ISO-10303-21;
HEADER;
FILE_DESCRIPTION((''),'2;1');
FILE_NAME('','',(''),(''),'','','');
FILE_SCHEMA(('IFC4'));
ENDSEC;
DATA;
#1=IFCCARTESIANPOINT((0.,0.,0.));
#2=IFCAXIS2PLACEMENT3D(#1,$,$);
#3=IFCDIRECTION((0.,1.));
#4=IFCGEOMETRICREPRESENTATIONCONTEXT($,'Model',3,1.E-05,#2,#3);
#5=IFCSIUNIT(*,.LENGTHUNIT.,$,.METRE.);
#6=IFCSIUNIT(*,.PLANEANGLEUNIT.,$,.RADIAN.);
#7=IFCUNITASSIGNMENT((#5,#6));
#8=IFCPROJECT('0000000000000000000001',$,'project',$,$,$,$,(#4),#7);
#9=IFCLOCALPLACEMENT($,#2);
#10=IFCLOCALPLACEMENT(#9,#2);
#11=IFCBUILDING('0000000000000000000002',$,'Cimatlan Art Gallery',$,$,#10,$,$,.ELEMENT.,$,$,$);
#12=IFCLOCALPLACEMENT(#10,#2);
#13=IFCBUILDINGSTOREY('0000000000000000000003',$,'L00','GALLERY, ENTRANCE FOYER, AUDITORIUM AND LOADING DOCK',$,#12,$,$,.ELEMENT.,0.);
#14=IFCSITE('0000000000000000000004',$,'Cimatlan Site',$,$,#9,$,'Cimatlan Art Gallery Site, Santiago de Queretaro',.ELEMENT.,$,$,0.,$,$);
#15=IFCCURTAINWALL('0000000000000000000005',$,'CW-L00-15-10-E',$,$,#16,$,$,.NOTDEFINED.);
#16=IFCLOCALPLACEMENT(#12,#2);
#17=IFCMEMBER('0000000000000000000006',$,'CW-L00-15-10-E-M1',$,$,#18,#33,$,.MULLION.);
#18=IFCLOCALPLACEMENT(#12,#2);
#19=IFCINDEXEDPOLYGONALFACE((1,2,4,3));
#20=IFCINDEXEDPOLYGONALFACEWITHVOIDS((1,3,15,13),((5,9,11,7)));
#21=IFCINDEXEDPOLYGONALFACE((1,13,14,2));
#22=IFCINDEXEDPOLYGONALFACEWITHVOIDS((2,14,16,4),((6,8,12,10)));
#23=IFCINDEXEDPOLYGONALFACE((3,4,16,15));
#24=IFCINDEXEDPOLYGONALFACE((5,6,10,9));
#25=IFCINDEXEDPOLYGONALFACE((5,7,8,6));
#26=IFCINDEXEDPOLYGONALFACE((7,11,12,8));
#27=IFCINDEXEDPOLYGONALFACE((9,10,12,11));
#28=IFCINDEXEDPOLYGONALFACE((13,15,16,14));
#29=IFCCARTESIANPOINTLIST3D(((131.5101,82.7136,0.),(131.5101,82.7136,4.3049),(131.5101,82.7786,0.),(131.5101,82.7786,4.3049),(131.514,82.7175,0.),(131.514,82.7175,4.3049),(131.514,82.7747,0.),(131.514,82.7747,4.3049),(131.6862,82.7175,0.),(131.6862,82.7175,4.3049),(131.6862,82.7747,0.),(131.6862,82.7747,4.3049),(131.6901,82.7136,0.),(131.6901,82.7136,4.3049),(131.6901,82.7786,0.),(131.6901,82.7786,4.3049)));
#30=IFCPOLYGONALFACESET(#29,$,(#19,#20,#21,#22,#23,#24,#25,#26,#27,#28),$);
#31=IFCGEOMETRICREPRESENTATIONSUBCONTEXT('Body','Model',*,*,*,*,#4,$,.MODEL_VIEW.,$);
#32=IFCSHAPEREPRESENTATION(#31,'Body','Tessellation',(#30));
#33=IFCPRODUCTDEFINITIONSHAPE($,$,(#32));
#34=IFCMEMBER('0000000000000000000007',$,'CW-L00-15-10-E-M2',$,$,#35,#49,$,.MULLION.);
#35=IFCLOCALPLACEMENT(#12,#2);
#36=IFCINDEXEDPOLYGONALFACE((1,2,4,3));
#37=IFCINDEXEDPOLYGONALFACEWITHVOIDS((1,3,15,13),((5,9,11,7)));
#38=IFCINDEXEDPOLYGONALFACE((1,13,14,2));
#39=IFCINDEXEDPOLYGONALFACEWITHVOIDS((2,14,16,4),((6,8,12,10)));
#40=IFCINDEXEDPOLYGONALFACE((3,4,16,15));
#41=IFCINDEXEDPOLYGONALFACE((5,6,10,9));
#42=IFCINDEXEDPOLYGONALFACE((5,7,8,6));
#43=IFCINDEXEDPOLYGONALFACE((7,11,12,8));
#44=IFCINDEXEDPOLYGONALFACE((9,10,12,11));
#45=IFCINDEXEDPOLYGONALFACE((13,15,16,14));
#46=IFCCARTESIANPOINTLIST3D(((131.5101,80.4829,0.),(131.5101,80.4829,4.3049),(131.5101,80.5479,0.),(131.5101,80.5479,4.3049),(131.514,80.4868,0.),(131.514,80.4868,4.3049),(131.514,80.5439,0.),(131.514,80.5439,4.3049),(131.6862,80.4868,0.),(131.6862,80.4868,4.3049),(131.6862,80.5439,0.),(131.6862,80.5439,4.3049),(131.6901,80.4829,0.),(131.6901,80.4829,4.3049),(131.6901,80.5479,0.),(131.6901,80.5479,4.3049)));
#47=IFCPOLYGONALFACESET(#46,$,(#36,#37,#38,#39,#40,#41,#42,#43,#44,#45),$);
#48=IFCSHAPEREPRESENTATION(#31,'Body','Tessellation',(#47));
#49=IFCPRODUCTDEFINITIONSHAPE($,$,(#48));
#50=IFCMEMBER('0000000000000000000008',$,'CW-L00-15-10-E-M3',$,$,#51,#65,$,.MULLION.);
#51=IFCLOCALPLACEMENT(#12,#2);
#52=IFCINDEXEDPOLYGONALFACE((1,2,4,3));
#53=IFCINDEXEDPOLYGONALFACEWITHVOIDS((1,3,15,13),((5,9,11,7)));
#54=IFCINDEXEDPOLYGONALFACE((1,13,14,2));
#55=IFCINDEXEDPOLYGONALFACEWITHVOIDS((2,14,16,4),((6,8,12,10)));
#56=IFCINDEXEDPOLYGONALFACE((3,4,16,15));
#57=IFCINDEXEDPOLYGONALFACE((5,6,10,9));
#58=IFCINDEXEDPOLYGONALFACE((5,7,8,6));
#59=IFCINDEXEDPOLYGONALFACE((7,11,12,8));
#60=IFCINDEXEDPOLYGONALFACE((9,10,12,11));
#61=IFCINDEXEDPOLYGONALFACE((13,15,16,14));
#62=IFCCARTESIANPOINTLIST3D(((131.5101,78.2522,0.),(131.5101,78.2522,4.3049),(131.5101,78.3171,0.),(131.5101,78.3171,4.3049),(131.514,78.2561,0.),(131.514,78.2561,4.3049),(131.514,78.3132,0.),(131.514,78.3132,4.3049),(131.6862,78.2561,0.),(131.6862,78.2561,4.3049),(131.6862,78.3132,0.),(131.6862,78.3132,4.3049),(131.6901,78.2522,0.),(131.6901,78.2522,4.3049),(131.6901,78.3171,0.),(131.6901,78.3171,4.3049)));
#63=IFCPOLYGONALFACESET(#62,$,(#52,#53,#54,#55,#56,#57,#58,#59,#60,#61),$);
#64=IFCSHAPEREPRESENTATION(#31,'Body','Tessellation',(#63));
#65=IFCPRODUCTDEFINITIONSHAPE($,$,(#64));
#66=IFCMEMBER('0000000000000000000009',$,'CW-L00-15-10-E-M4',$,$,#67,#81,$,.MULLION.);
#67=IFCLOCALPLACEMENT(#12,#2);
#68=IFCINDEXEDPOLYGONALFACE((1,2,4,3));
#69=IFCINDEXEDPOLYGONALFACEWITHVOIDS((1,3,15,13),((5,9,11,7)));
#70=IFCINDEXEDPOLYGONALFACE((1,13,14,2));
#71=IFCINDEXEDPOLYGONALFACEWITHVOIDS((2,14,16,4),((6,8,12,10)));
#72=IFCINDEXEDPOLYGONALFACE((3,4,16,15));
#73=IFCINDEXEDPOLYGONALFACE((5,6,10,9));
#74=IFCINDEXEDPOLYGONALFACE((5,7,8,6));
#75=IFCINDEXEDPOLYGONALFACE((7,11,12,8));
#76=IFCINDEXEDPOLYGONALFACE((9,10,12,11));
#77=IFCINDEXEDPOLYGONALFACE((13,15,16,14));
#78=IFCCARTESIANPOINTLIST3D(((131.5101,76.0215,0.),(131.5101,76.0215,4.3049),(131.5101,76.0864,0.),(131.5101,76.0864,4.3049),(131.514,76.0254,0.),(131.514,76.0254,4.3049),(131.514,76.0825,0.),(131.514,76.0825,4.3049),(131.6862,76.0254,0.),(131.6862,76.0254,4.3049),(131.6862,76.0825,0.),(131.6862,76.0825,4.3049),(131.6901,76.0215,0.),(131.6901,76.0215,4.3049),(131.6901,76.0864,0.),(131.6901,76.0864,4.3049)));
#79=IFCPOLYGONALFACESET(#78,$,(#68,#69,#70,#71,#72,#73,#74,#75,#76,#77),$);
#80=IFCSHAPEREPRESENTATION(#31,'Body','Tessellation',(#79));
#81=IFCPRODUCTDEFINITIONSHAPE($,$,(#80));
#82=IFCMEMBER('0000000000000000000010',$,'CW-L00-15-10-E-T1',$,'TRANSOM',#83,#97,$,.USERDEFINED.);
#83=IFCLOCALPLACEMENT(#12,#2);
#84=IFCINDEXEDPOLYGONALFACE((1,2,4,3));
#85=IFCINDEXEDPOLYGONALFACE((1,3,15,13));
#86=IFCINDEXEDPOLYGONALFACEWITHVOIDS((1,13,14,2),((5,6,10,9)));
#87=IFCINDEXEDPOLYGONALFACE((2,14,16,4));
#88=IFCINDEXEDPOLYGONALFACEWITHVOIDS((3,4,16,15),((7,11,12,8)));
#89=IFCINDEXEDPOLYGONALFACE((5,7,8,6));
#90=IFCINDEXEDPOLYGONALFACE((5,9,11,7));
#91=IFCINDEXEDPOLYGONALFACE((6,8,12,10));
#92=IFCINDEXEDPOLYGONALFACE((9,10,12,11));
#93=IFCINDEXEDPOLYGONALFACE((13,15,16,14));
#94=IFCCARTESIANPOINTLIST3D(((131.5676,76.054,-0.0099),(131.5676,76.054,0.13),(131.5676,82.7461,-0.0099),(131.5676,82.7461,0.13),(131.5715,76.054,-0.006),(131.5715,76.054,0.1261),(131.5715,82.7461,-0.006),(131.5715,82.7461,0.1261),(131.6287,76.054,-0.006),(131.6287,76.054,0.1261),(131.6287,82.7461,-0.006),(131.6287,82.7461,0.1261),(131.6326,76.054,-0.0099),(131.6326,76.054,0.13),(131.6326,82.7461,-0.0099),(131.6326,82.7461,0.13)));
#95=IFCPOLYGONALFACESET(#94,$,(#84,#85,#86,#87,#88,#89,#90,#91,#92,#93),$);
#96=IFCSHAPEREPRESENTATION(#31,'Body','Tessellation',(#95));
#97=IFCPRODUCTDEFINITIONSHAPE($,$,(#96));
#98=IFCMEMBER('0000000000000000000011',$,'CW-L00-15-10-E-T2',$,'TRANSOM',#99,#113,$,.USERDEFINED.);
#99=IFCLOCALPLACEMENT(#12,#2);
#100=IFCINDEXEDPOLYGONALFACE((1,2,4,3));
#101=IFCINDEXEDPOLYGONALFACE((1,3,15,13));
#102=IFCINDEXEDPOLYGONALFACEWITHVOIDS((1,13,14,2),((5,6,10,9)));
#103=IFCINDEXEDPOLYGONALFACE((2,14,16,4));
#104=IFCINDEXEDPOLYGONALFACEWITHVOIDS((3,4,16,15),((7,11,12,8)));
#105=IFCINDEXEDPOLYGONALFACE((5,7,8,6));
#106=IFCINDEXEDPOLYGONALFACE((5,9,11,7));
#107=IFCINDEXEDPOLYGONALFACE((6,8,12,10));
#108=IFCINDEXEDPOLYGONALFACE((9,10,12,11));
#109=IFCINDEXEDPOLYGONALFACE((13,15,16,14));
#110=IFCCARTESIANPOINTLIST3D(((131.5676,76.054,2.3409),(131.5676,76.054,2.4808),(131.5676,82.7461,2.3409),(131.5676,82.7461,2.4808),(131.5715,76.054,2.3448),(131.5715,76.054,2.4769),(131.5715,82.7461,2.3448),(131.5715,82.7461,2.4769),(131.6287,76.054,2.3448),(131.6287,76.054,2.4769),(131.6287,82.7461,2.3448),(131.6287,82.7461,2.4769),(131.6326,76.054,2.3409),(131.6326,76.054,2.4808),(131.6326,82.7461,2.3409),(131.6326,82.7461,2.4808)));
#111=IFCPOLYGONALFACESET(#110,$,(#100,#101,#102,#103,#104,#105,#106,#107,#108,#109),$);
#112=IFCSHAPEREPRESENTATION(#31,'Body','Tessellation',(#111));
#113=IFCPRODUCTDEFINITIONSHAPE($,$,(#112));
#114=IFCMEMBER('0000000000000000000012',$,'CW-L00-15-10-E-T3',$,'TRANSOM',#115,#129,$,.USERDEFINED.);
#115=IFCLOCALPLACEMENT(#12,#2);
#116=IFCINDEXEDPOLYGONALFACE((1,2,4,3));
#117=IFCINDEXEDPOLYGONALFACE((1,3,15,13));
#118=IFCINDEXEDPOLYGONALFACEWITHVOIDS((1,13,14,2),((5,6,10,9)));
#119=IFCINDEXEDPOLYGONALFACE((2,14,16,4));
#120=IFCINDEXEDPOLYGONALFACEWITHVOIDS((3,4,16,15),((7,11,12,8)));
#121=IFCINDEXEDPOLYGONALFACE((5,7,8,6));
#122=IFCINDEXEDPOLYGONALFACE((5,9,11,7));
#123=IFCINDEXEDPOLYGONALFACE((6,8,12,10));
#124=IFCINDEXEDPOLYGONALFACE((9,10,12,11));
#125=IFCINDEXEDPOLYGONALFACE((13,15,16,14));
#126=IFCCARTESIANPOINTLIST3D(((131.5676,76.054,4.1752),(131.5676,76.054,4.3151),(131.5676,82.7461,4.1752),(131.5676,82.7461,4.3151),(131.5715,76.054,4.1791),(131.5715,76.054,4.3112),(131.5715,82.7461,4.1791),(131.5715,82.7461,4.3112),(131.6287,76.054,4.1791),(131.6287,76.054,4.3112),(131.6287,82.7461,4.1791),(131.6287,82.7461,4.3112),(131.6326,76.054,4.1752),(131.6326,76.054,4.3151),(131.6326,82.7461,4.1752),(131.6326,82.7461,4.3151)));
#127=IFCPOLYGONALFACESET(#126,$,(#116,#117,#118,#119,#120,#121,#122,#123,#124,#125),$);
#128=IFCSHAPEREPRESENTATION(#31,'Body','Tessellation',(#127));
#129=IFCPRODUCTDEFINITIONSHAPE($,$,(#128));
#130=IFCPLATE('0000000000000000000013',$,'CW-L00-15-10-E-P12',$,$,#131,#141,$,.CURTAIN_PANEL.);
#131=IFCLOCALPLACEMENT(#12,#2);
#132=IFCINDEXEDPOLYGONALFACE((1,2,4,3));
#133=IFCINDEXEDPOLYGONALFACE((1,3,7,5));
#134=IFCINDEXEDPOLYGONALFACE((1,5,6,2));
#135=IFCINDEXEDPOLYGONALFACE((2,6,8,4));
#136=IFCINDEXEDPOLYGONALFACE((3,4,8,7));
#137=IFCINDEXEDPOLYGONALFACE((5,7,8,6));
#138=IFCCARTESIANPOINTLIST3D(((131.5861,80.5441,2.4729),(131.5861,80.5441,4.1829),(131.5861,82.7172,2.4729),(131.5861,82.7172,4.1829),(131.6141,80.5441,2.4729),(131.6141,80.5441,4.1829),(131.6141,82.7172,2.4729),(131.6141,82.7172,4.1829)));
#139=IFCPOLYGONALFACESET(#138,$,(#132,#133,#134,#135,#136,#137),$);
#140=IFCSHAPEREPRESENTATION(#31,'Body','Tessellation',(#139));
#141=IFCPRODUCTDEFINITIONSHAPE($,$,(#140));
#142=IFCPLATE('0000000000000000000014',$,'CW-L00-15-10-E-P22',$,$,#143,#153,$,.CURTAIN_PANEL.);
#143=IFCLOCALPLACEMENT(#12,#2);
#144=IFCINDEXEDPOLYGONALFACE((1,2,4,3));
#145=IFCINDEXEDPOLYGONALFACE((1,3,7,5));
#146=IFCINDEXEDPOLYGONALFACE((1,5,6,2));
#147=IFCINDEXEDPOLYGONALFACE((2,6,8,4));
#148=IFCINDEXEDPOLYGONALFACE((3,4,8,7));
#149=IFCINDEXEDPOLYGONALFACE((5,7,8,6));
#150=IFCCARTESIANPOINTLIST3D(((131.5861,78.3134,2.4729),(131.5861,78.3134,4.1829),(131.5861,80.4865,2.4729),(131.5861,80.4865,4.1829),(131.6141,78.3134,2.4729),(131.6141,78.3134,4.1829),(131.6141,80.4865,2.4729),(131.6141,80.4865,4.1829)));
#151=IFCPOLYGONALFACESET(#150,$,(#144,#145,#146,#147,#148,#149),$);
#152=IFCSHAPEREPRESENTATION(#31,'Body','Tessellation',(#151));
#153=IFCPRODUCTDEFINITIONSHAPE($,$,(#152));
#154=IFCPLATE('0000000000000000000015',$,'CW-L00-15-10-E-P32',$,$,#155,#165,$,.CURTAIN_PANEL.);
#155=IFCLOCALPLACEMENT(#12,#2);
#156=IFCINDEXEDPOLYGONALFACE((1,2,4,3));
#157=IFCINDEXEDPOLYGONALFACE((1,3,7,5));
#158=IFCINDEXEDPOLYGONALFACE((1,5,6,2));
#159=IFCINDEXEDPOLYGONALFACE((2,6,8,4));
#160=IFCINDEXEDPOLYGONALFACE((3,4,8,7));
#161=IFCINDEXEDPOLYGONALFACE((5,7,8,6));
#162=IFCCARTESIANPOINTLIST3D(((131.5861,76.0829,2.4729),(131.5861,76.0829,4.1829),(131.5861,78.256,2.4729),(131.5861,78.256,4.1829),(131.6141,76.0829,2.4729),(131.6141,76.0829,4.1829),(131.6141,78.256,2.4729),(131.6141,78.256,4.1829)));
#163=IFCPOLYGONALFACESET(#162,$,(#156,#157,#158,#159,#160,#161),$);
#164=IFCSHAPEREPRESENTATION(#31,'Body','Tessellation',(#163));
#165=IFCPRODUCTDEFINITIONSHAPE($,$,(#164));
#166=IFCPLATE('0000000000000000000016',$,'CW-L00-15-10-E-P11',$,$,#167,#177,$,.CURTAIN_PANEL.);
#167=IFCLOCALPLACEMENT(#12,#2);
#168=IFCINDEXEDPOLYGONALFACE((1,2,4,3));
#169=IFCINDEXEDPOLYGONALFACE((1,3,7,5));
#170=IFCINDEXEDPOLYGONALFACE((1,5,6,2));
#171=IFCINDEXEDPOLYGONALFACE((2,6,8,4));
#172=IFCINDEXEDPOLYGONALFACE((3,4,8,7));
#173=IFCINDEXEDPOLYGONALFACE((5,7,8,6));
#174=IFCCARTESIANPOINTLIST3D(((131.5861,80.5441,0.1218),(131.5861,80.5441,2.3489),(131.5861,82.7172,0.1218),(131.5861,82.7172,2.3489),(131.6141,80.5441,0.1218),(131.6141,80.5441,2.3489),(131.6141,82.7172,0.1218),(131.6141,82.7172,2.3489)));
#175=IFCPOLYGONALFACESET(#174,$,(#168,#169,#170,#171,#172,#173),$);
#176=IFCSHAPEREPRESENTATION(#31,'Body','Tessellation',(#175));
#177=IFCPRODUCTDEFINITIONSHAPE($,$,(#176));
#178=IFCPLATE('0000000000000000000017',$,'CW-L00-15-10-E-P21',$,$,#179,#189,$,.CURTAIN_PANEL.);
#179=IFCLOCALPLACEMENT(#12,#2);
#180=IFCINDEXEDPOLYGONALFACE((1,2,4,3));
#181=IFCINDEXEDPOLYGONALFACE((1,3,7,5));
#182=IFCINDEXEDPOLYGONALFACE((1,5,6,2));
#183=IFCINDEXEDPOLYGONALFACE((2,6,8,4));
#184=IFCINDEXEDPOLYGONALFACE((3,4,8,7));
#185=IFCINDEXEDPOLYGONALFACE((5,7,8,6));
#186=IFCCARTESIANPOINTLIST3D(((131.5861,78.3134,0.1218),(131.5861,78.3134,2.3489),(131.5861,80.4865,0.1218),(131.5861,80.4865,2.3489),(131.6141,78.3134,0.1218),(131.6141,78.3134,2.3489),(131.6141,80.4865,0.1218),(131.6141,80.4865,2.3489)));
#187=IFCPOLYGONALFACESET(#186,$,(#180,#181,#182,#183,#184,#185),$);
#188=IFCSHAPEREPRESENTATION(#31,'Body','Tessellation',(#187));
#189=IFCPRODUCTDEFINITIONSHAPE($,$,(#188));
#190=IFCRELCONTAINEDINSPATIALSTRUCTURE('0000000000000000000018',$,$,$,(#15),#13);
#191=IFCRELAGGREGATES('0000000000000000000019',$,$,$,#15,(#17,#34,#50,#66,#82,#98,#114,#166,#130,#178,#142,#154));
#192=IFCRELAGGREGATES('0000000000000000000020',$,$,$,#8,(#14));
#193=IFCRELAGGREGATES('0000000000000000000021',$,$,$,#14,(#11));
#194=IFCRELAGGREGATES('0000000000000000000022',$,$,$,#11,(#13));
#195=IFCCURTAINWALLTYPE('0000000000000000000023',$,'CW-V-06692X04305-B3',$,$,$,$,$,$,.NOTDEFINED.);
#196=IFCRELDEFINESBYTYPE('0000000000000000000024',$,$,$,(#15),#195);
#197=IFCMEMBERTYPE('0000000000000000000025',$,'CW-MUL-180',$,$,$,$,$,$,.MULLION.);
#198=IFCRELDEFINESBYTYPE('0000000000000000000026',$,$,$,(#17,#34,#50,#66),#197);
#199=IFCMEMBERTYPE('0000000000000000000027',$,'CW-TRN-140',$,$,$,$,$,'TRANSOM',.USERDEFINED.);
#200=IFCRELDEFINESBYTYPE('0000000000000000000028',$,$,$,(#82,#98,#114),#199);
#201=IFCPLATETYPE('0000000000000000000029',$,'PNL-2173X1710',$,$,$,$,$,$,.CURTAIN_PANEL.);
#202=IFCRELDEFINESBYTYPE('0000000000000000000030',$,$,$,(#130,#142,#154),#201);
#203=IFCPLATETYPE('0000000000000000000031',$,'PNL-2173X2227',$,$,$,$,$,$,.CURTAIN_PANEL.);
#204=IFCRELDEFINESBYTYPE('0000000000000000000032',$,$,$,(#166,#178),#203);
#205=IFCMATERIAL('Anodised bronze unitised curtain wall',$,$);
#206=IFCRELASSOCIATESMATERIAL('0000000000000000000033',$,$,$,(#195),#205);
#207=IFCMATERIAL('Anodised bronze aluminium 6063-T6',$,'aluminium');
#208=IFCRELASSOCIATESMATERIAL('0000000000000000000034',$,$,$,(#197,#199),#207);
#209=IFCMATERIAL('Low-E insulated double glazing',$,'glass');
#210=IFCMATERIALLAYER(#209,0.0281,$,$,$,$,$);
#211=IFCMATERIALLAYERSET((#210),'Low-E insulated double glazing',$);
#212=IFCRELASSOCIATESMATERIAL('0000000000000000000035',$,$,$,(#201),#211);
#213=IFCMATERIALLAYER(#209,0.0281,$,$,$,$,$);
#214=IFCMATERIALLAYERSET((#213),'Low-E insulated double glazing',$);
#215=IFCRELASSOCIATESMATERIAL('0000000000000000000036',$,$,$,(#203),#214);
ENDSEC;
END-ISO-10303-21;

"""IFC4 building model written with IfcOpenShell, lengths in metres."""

from ifc_helpers import new_model, si_unit, direction, frame, origin, origin_2d, place, context, subcontext, project, spatial, rectangle, hollow_rectangle, extrude, material, layer, layer_set, material_profile, profile_set, type_object, element, aggregate, save


model = new_model("IFC4")

# Units and contexts
model_context = context("Model", 3, precision=1e-05, world=origin(), true_north=direction((0.0, 1.0)))
body_context = subcontext(model_context, "Body", "Model", "MODEL_VIEW")
ifc_project = project(units=[si_unit("LENGTHUNIT", "METRE"), si_unit("PLANEANGLEUNIT", "RADIAN")], contexts=[model_context])

# Site, building, storey
site_placement = place(None, origin())
site = spatial("IfcSite", under=ifc_project, at=site_placement, Name="Cimatlan Site", LongName="Cimatlan Art Gallery Site, Santiago de Queretaro", CompositionType="ELEMENT", RefElevation=0.0)
building_placement = place(site_placement, origin())
building = spatial("IfcBuilding", under=site, at=building_placement, Name="Cimatlan Art Gallery", CompositionType="ELEMENT")
storey_placement = place(building_placement, origin())
storey = spatial("IfcBuildingStorey", under=building, at=storey_placement, Name="L00", Description="GALLERY, ENTRANCE FOYER, AUDITORIUM AND LOADING DOCK", CompositionType="ELEMENT", Elevation=0.0)

# Curtain wall, members, plates
ifc_material_1 = material(Name="Anodised bronze unitised curtain wall")
curtain_wall_type = type_object("IfcCurtainWallType", Name="CW-V-06692X04305-B3", PredefinedType="NOTDEFINED", material=ifc_material_1)
curtain_wall_placement = place(storey_placement, origin())
curtain_wall = element("IfcCurtainWall", 1, at=curtain_wall_placement, inside=storey, type_object=curtain_wall_type, Name="CW-L00-15-10-E", PredefinedType="NOTDEFINED")
ifc_material_2 = material(Name="Anodised bronze aluminium 6063-T6", Category="aluminium")
ifc_material_profile_1 = material_profile(ifc_material_2, hollow_rectangle(XDim=0.0649, YDim=0.1799, WallThickness=0.0039, at=origin_2d()), Name="ALU65X180X4")
ifc_profile_set_1 = profile_set([ifc_material_profile_1], Name="Anodised bronze aluminium 6063-T6")
member_type_1 = type_object("IfcMemberType", Name="CW-MUL-180", PredefinedType="MULLION", material=ifc_profile_set_1)
member_1_placement = place(storey_placement, frame((131.6001, 82.7461, 0.0), z_axis=(0.0, 0.0, 1.0), x_axis=(0.0, 1.0, 0.0)))
member_1 = element("IfcMember", 2, at=member_1_placement, type_object=member_type_1, Name="CW-L00-15-10-E-M1", PredefinedType="MULLION", context=body_context, shape_type="SweptSolid", body=[
    extrude(hollow_rectangle(XDim=0.0649, YDim=0.1799, WallThickness=0.0039, at=origin_2d()), origin(), (0.0, 0.0, 1.0), 4.3049),
])
member_2_placement = place(storey_placement, frame((131.6001, 80.5154, 0.0), z_axis=(0.0, 0.0, 1.0), x_axis=(0.0, 1.0, 0.0)))
member_2 = element("IfcMember", 3, at=member_2_placement, type_object=member_type_1, Name="CW-L00-15-10-E-M2", PredefinedType="MULLION", context=body_context, shape_type="SweptSolid", body=[
    extrude(hollow_rectangle(XDim=0.0649, YDim=0.1799, WallThickness=0.0039, at=origin_2d()), origin(), (0.0, 0.0, 1.0), 4.3049),
])
member_3_placement = place(storey_placement, frame((131.6001, 78.2847, 0.0), z_axis=(0.0, 0.0, 1.0), x_axis=(0.0, 1.0, 0.0)))
member_3 = element("IfcMember", 4, at=member_3_placement, type_object=member_type_1, Name="CW-L00-15-10-E-M3", PredefinedType="MULLION", context=body_context, shape_type="SweptSolid", body=[
    extrude(hollow_rectangle(XDim=0.0649, YDim=0.1799, WallThickness=0.0039, at=origin_2d()), origin(), (0.0, 0.0, 1.0), 4.3049),
])
member_4_placement = place(storey_placement, frame((131.6001, 76.054, 0.0), z_axis=(0.0, 0.0, 1.0), x_axis=(0.0, 1.0, 0.0)))
member_4 = element("IfcMember", 5, at=member_4_placement, type_object=member_type_1, Name="CW-L00-15-10-E-M4", PredefinedType="MULLION", context=body_context, shape_type="SweptSolid", body=[
    extrude(hollow_rectangle(XDim=0.0649, YDim=0.1799, WallThickness=0.0039, at=origin_2d()), origin(), (0.0, 0.0, 1.0), 4.3049),
])
ifc_material_profile_2 = material_profile(ifc_material_2, hollow_rectangle(XDim=0.0649, YDim=0.1399, WallThickness=0.0039, at=origin_2d()), Name="ALU65X140X4")
ifc_profile_set_2 = profile_set([ifc_material_profile_2], Name="Anodised bronze aluminium 6063-T6")
member_type_2 = type_object("IfcMemberType", Name="CW-TRN-140", ElementType="TRANSOM", PredefinedType="USERDEFINED", material=ifc_profile_set_2)
member_5_placement = place(storey_placement, frame((131.6001, 82.7461, 0.0601), z_axis=(0.0, -1.0, 0.0), x_axis=(1.0, 0.0, 0.0)))
member_5 = element("IfcMember", 6, at=member_5_placement, type_object=member_type_2, Name="CW-L00-15-10-E-T1", ObjectType="TRANSOM", PredefinedType="USERDEFINED", context=body_context, shape_type="SweptSolid", body=[
    extrude(hollow_rectangle(XDim=0.0649, YDim=0.1399, WallThickness=0.0039, at=origin_2d()), origin(), (0.0, 0.0, 1.0), 6.6921),
])
member_6_placement = place(storey_placement, frame((131.6001, 82.7461, 2.4109), z_axis=(0.0, -1.0, 0.0), x_axis=(1.0, 0.0, 0.0)))
member_6 = element("IfcMember", 7, at=member_6_placement, type_object=member_type_2, Name="CW-L00-15-10-E-T2", ObjectType="TRANSOM", PredefinedType="USERDEFINED", context=body_context, shape_type="SweptSolid", body=[
    extrude(hollow_rectangle(XDim=0.0649, YDim=0.1399, WallThickness=0.0039, at=origin_2d()), origin(), (0.0, 0.0, 1.0), 6.6921),
])
member_7_placement = place(storey_placement, frame((131.6001, 82.7461, 4.2451), z_axis=(0.0, -1.0, 0.0), x_axis=(1.0, 0.0, 0.0)))
member_7 = element("IfcMember", 8, at=member_7_placement, type_object=member_type_2, Name="CW-L00-15-10-E-T3", ObjectType="TRANSOM", PredefinedType="USERDEFINED", context=body_context, shape_type="SweptSolid", body=[
    extrude(hollow_rectangle(XDim=0.0649, YDim=0.1399, WallThickness=0.0039, at=origin_2d()), origin(), (0.0, 0.0, 1.0), 6.6921),
])
ifc_material_3 = material(Name="Low-E insulated double glazing", Category="glass")
ifc_layer_1 = layer(ifc_material_3, 0.0281)
ifc_layer_set_1 = layer_set([ifc_layer_1], Name="Low-E insulated double glazing")
plate_type_1 = type_object("IfcPlateType", Name="PNL-2173X1710", PredefinedType="CURTAIN_PANEL", material=ifc_layer_set_1)
plate_1_placement = place(storey_placement, frame((131.6001, 81.6306, 2.4729), z_axis=(0.0, 0.0, 1.0), x_axis=(0.0, -1.0, 0.0)))
plate_1 = element("IfcPlate", 9, at=plate_1_placement, type_object=plate_type_1, Name="CW-L00-15-10-E-P12", PredefinedType="CURTAIN_PANEL", context=body_context, shape_type="SweptSolid", body=[
    extrude(rectangle(XDim=2.1731, YDim=0.0281, at=origin_2d()), origin(), (0.0, 0.0, 1.0), 1.71),
])
plate_2_placement = place(storey_placement, frame((131.6001, 79.3999, 2.4729), z_axis=(0.0, 0.0, 1.0), x_axis=(0.0, -1.0, 0.0)))
plate_2 = element("IfcPlate", 10, at=plate_2_placement, type_object=plate_type_1, Name="CW-L00-15-10-E-P22", PredefinedType="CURTAIN_PANEL", context=body_context, shape_type="SweptSolid", body=[
    extrude(rectangle(XDim=2.1731, YDim=0.0281, at=origin_2d()), origin(), (0.0, 0.0, 1.0), 1.71),
])
plate_3_placement = place(storey_placement, frame((131.6001, 77.1694, 2.4729), z_axis=(0.0, 0.0, 1.0), x_axis=(0.0, -1.0, 0.0)))
plate_3 = element("IfcPlate", 11, at=plate_3_placement, type_object=plate_type_1, Name="CW-L00-15-10-E-P32", PredefinedType="CURTAIN_PANEL", context=body_context, shape_type="SweptSolid", body=[
    extrude(rectangle(XDim=2.1731, YDim=0.0281, at=origin_2d()), origin(), (0.0, 0.0, 1.0), 1.71),
])
ifc_layer_2 = layer(ifc_material_3, 0.0281)
ifc_layer_set_2 = layer_set([ifc_layer_2], Name="Low-E insulated double glazing")
plate_type_2 = type_object("IfcPlateType", Name="PNL-2173X2227", PredefinedType="CURTAIN_PANEL", material=ifc_layer_set_2)
plate_4_placement = place(storey_placement, frame((131.6001, 81.6306, 0.1218), z_axis=(0.0, 0.0, 1.0), x_axis=(0.0, -1.0, 0.0)))
plate_4 = element("IfcPlate", 12, at=plate_4_placement, type_object=plate_type_2, Name="CW-L00-15-10-E-P11", PredefinedType="CURTAIN_PANEL", context=body_context, shape_type="SweptSolid", body=[
    extrude(rectangle(XDim=2.1731, YDim=0.0281, at=origin_2d()), origin(), (0.0, 0.0, 1.0), 2.2271),
])
plate_5_placement = place(storey_placement, frame((131.6001, 79.3999, 0.1218), z_axis=(0.0, 0.0, 1.0), x_axis=(0.0, -1.0, 0.0)))
plate_5 = element("IfcPlate", 13, at=plate_5_placement, type_object=plate_type_2, Name="CW-L00-15-10-E-P21", PredefinedType="CURTAIN_PANEL", context=body_context, shape_type="SweptSolid", body=[
    extrude(rectangle(XDim=2.1731, YDim=0.0281, at=origin_2d()), origin(), (0.0, 0.0, 1.0), 2.2271),
])
aggregate(curtain_wall, [member_1, member_2, member_3, member_4, member_5, member_6, member_7, plate_4, plate_1, plate_5, plate_2, plate_3])

save(model, "model.ifc")
